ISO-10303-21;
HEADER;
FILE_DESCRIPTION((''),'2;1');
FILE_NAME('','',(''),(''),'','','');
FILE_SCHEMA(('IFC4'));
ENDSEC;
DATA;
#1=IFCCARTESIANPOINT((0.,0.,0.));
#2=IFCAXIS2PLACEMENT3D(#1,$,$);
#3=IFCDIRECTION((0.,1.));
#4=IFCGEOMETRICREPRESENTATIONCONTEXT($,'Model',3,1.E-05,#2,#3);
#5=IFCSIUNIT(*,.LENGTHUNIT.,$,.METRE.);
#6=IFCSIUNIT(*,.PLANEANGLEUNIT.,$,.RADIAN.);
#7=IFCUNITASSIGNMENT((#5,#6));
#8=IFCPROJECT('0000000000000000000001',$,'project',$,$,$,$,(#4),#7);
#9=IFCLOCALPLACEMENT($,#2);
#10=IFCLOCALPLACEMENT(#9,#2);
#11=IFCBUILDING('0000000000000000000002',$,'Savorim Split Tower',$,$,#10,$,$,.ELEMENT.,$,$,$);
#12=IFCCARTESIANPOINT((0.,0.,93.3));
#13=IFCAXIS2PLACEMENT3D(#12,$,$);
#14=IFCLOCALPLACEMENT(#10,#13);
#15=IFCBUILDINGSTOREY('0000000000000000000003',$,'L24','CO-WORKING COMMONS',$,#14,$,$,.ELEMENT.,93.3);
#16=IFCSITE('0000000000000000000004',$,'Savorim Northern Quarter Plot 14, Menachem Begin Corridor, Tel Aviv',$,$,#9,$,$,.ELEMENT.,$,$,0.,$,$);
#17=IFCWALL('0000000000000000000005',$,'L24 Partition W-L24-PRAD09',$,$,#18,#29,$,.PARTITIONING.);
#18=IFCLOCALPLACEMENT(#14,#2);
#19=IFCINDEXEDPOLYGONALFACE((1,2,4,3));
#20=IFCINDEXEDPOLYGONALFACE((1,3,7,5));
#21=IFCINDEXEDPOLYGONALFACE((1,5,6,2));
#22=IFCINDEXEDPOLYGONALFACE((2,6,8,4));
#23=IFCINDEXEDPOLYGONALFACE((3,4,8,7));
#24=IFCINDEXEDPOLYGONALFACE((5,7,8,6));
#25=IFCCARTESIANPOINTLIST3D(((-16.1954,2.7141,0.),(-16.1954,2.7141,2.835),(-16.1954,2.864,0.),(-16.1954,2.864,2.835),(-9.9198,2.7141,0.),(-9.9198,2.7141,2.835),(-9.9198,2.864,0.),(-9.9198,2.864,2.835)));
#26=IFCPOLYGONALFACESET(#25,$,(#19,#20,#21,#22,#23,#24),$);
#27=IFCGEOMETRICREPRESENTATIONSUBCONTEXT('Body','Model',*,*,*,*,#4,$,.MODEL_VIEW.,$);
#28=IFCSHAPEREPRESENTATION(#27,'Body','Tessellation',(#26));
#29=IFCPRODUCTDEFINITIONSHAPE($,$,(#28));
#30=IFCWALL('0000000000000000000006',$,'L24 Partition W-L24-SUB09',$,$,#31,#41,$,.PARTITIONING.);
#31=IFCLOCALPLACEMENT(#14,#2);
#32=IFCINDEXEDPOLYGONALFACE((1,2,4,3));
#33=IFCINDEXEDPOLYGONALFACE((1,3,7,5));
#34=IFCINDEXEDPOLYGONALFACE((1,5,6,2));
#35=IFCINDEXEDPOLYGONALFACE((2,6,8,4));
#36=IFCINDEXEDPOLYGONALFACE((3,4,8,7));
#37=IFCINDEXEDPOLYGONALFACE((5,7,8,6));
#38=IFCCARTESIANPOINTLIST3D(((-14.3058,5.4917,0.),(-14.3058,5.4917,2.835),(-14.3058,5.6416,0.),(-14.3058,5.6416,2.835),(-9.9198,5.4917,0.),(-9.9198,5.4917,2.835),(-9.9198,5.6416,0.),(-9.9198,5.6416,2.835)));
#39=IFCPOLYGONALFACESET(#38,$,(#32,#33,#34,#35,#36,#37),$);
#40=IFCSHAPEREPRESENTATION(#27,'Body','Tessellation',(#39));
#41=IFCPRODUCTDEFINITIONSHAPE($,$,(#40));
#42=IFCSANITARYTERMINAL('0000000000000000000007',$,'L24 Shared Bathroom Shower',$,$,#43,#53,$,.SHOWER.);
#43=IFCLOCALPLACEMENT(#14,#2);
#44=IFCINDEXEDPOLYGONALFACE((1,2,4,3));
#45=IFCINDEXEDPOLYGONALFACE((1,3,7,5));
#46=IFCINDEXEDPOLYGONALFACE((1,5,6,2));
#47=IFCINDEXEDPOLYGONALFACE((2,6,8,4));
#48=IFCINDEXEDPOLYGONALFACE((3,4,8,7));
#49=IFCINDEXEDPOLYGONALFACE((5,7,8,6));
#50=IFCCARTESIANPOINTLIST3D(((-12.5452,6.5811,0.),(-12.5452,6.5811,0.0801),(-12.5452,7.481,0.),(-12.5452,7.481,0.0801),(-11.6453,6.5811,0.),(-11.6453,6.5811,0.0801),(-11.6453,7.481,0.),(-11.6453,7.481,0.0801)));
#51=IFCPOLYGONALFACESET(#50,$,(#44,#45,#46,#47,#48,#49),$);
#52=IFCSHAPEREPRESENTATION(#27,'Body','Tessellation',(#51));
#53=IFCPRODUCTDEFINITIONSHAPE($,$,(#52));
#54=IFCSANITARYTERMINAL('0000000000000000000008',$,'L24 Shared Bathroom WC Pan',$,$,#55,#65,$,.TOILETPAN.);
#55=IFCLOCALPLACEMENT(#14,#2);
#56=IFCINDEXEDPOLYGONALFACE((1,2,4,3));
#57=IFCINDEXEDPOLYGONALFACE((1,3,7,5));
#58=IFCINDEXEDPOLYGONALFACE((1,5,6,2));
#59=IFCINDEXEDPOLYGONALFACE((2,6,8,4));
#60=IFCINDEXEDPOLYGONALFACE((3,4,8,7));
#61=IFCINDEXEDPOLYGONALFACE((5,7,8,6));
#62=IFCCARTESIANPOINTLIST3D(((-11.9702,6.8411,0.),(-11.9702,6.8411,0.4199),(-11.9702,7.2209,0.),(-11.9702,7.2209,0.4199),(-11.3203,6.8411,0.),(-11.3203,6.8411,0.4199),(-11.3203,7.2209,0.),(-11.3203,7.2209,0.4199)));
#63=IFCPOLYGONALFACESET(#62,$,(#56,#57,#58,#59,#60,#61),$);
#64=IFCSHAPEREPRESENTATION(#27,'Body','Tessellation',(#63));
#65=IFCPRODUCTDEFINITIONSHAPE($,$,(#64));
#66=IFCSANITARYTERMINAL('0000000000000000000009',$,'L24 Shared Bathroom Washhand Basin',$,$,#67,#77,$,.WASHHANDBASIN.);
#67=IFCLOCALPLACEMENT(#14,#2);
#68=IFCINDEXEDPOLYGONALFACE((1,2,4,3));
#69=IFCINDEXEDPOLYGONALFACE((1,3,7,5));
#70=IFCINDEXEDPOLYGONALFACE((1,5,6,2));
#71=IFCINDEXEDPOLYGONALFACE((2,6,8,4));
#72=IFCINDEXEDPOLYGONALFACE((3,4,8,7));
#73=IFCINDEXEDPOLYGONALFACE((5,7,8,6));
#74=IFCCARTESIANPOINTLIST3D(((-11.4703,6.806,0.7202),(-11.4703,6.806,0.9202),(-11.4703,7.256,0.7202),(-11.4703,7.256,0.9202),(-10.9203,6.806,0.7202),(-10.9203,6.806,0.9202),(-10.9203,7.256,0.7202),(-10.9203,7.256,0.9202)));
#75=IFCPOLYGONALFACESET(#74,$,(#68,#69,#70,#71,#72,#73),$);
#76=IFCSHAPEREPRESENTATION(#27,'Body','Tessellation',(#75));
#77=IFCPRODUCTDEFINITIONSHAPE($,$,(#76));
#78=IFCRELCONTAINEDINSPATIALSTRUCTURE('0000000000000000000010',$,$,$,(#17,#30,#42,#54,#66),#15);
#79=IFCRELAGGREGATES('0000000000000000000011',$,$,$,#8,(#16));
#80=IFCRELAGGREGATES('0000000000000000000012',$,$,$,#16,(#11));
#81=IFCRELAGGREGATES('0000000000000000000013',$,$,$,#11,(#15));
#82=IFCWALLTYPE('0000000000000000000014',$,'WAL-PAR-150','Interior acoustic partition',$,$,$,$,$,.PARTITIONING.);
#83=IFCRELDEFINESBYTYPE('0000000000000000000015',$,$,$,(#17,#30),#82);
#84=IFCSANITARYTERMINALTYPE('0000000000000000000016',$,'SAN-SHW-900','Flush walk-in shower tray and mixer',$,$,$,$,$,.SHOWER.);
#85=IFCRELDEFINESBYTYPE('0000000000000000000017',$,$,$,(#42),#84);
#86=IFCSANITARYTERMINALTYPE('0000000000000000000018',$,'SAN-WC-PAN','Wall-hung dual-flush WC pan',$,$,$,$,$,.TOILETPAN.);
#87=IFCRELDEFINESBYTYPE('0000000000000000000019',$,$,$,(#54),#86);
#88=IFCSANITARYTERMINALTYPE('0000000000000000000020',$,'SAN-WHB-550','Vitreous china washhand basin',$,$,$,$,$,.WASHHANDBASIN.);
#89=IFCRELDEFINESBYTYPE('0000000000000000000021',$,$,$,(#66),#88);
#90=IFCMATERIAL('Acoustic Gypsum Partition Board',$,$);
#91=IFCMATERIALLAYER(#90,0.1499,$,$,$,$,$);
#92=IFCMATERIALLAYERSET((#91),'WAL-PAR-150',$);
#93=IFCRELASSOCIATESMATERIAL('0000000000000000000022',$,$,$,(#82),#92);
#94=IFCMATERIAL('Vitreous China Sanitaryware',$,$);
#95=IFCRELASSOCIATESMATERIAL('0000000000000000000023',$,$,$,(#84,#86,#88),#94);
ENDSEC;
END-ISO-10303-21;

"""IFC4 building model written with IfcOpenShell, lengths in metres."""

from ifc_helpers import new_model, si_unit, direction, frame, frame_2d, origin, origin_2d, place, context, subcontext, project, spatial, rectangle, extrude, material, layer, layer_set, type_object, element, save


model = new_model("IFC4")

# Units and contexts
model_context = context("Model", 3, precision=1e-05, world=origin(), true_north=direction((0.0, 1.0)))
body_context = subcontext(model_context, "Body", "Model", "MODEL_VIEW")
ifc_project = project(units=[si_unit("LENGTHUNIT", "METRE"), si_unit("PLANEANGLEUNIT", "RADIAN")], contexts=[model_context])

# Site, building, storey
site_placement = place(None, origin())
site = spatial("IfcSite", under=ifc_project, at=site_placement, Name="Savorim Northern Quarter Plot 14, Menachem Begin Corridor, Tel Aviv", CompositionType="ELEMENT", RefElevation=0.0)
building_placement = place(site_placement, origin())
building = spatial("IfcBuilding", under=site, at=building_placement, Name="Savorim Split Tower", CompositionType="ELEMENT")
storey_placement = place(building_placement, frame((0.0, 0.0, 93.3)))
storey = spatial("IfcBuildingStorey", under=building, at=storey_placement, Name="L24", Description="CO-WORKING COMMONS", CompositionType="ELEMENT", Elevation=93.3)

# Walls
ifc_material_1 = material(Name="Acoustic Gypsum Partition Board")
ifc_layer_1 = layer(ifc_material_1, 0.1499)
ifc_layer_set_1 = layer_set([ifc_layer_1], Name="WAL-PAR-150")
wall_type_1 = type_object("IfcWallType", Name="WAL-PAR-150", Description="Interior acoustic partition", PredefinedType="PARTITIONING", material=ifc_layer_set_1)
wall_1_placement = place(storey_placement, frame((-9.9199, 2.7891, 0.0), z_axis=(0.0, 0.0, 1.0), x_axis=(-1.0, 0.0, 0.0)))
element("IfcWall", 1, at=wall_1_placement, inside=storey, type_object=wall_type_1, Name="L24 Partition W-L24-PRAD09", PredefinedType="PARTITIONING", context=body_context, shape_type="SweptSolid", body=[
    extrude(rectangle(XDim=6.2756, YDim=0.1499, at=frame_2d((3.1377, 0.0))), origin(), (0.0, 0.0, 1.0), 2.835),
])
wall_2_placement = place(storey_placement, frame((-9.9199, 5.5667, 0.0), z_axis=(0.0, 0.0, 1.0), x_axis=(-1.0, 0.0, 0.0)))
element("IfcWall", 2, at=wall_2_placement, inside=storey, type_object=wall_type_1, Name="L24 Partition W-L24-SUB09", PredefinedType="PARTITIONING", context=body_context, shape_type="SweptSolid", body=[
    extrude(rectangle(XDim=4.386, YDim=0.1499, at=frame_2d((2.1929, 0.0))), origin(), (0.0, 0.0, 1.0), 2.835),
])

# Sanitary terminals
ifc_material_2 = material(Name="Vitreous China Sanitaryware")
sanitary_terminal_type_1 = type_object("IfcSanitaryTerminalType", Name="SAN-SHW-900", Description="Flush walk-in shower tray and mixer", PredefinedType="SHOWER", material=ifc_material_2)
sanitary_terminal_1_placement = place(storey_placement, frame((-12.0952, 7.031, 0.0), z_axis=(0.0, 0.0, 1.0), x_axis=(1.0, 0.0, 0.0)))
element("IfcSanitaryTerminal", 3, at=sanitary_terminal_1_placement, inside=storey, type_object=sanitary_terminal_type_1, Name="L24 Shared Bathroom Shower", PredefinedType="SHOWER", context=body_context, shape_type="SweptSolid", body=[
    extrude(rectangle(XDim=0.8999, YDim=0.8999, at=origin_2d()), origin(), (0.0, 0.0, 1.0), 0.0801),
])
sanitary_terminal_type_2 = type_object("IfcSanitaryTerminalType", Name="SAN-WC-PAN", Description="Wall-hung dual-flush WC pan", PredefinedType="TOILETPAN", material=ifc_material_2)
sanitary_terminal_2_placement = place(storey_placement, frame((-11.6453, 7.031, 0.0), z_axis=(0.0, 0.0, 1.0), x_axis=(1.0, 0.0, 0.0)))
element("IfcSanitaryTerminal", 4, at=sanitary_terminal_2_placement, inside=storey, type_object=sanitary_terminal_type_2, Name="L24 Shared Bathroom WC Pan", PredefinedType="TOILETPAN", context=body_context, shape_type="SweptSolid", body=[
    extrude(rectangle(XDim=0.6499, YDim=0.3799, at=origin_2d()), origin(), (0.0, 0.0, 1.0), 0.4199),
])
sanitary_terminal_type_3 = type_object("IfcSanitaryTerminalType", Name="SAN-WHB-550", Description="Vitreous china washhand basin", PredefinedType="WASHHANDBASIN", material=ifc_material_2)
sanitary_terminal_3_placement = place(storey_placement, frame((-11.1953, 7.031, 0.7202), z_axis=(0.0, 0.0, 1.0), x_axis=(1.0, 0.0, 0.0)))
element("IfcSanitaryTerminal", 5, at=sanitary_terminal_3_placement, inside=storey, type_object=sanitary_terminal_type_3, Name="L24 Shared Bathroom Washhand Basin", PredefinedType="WASHHANDBASIN", context=body_context, shape_type="SweptSolid", body=[
    extrude(rectangle(XDim=0.55, YDim=0.45, at=origin_2d()), origin(), (0.0, 0.0, 1.0), 0.2),
])

save(model, "model.ifc")
